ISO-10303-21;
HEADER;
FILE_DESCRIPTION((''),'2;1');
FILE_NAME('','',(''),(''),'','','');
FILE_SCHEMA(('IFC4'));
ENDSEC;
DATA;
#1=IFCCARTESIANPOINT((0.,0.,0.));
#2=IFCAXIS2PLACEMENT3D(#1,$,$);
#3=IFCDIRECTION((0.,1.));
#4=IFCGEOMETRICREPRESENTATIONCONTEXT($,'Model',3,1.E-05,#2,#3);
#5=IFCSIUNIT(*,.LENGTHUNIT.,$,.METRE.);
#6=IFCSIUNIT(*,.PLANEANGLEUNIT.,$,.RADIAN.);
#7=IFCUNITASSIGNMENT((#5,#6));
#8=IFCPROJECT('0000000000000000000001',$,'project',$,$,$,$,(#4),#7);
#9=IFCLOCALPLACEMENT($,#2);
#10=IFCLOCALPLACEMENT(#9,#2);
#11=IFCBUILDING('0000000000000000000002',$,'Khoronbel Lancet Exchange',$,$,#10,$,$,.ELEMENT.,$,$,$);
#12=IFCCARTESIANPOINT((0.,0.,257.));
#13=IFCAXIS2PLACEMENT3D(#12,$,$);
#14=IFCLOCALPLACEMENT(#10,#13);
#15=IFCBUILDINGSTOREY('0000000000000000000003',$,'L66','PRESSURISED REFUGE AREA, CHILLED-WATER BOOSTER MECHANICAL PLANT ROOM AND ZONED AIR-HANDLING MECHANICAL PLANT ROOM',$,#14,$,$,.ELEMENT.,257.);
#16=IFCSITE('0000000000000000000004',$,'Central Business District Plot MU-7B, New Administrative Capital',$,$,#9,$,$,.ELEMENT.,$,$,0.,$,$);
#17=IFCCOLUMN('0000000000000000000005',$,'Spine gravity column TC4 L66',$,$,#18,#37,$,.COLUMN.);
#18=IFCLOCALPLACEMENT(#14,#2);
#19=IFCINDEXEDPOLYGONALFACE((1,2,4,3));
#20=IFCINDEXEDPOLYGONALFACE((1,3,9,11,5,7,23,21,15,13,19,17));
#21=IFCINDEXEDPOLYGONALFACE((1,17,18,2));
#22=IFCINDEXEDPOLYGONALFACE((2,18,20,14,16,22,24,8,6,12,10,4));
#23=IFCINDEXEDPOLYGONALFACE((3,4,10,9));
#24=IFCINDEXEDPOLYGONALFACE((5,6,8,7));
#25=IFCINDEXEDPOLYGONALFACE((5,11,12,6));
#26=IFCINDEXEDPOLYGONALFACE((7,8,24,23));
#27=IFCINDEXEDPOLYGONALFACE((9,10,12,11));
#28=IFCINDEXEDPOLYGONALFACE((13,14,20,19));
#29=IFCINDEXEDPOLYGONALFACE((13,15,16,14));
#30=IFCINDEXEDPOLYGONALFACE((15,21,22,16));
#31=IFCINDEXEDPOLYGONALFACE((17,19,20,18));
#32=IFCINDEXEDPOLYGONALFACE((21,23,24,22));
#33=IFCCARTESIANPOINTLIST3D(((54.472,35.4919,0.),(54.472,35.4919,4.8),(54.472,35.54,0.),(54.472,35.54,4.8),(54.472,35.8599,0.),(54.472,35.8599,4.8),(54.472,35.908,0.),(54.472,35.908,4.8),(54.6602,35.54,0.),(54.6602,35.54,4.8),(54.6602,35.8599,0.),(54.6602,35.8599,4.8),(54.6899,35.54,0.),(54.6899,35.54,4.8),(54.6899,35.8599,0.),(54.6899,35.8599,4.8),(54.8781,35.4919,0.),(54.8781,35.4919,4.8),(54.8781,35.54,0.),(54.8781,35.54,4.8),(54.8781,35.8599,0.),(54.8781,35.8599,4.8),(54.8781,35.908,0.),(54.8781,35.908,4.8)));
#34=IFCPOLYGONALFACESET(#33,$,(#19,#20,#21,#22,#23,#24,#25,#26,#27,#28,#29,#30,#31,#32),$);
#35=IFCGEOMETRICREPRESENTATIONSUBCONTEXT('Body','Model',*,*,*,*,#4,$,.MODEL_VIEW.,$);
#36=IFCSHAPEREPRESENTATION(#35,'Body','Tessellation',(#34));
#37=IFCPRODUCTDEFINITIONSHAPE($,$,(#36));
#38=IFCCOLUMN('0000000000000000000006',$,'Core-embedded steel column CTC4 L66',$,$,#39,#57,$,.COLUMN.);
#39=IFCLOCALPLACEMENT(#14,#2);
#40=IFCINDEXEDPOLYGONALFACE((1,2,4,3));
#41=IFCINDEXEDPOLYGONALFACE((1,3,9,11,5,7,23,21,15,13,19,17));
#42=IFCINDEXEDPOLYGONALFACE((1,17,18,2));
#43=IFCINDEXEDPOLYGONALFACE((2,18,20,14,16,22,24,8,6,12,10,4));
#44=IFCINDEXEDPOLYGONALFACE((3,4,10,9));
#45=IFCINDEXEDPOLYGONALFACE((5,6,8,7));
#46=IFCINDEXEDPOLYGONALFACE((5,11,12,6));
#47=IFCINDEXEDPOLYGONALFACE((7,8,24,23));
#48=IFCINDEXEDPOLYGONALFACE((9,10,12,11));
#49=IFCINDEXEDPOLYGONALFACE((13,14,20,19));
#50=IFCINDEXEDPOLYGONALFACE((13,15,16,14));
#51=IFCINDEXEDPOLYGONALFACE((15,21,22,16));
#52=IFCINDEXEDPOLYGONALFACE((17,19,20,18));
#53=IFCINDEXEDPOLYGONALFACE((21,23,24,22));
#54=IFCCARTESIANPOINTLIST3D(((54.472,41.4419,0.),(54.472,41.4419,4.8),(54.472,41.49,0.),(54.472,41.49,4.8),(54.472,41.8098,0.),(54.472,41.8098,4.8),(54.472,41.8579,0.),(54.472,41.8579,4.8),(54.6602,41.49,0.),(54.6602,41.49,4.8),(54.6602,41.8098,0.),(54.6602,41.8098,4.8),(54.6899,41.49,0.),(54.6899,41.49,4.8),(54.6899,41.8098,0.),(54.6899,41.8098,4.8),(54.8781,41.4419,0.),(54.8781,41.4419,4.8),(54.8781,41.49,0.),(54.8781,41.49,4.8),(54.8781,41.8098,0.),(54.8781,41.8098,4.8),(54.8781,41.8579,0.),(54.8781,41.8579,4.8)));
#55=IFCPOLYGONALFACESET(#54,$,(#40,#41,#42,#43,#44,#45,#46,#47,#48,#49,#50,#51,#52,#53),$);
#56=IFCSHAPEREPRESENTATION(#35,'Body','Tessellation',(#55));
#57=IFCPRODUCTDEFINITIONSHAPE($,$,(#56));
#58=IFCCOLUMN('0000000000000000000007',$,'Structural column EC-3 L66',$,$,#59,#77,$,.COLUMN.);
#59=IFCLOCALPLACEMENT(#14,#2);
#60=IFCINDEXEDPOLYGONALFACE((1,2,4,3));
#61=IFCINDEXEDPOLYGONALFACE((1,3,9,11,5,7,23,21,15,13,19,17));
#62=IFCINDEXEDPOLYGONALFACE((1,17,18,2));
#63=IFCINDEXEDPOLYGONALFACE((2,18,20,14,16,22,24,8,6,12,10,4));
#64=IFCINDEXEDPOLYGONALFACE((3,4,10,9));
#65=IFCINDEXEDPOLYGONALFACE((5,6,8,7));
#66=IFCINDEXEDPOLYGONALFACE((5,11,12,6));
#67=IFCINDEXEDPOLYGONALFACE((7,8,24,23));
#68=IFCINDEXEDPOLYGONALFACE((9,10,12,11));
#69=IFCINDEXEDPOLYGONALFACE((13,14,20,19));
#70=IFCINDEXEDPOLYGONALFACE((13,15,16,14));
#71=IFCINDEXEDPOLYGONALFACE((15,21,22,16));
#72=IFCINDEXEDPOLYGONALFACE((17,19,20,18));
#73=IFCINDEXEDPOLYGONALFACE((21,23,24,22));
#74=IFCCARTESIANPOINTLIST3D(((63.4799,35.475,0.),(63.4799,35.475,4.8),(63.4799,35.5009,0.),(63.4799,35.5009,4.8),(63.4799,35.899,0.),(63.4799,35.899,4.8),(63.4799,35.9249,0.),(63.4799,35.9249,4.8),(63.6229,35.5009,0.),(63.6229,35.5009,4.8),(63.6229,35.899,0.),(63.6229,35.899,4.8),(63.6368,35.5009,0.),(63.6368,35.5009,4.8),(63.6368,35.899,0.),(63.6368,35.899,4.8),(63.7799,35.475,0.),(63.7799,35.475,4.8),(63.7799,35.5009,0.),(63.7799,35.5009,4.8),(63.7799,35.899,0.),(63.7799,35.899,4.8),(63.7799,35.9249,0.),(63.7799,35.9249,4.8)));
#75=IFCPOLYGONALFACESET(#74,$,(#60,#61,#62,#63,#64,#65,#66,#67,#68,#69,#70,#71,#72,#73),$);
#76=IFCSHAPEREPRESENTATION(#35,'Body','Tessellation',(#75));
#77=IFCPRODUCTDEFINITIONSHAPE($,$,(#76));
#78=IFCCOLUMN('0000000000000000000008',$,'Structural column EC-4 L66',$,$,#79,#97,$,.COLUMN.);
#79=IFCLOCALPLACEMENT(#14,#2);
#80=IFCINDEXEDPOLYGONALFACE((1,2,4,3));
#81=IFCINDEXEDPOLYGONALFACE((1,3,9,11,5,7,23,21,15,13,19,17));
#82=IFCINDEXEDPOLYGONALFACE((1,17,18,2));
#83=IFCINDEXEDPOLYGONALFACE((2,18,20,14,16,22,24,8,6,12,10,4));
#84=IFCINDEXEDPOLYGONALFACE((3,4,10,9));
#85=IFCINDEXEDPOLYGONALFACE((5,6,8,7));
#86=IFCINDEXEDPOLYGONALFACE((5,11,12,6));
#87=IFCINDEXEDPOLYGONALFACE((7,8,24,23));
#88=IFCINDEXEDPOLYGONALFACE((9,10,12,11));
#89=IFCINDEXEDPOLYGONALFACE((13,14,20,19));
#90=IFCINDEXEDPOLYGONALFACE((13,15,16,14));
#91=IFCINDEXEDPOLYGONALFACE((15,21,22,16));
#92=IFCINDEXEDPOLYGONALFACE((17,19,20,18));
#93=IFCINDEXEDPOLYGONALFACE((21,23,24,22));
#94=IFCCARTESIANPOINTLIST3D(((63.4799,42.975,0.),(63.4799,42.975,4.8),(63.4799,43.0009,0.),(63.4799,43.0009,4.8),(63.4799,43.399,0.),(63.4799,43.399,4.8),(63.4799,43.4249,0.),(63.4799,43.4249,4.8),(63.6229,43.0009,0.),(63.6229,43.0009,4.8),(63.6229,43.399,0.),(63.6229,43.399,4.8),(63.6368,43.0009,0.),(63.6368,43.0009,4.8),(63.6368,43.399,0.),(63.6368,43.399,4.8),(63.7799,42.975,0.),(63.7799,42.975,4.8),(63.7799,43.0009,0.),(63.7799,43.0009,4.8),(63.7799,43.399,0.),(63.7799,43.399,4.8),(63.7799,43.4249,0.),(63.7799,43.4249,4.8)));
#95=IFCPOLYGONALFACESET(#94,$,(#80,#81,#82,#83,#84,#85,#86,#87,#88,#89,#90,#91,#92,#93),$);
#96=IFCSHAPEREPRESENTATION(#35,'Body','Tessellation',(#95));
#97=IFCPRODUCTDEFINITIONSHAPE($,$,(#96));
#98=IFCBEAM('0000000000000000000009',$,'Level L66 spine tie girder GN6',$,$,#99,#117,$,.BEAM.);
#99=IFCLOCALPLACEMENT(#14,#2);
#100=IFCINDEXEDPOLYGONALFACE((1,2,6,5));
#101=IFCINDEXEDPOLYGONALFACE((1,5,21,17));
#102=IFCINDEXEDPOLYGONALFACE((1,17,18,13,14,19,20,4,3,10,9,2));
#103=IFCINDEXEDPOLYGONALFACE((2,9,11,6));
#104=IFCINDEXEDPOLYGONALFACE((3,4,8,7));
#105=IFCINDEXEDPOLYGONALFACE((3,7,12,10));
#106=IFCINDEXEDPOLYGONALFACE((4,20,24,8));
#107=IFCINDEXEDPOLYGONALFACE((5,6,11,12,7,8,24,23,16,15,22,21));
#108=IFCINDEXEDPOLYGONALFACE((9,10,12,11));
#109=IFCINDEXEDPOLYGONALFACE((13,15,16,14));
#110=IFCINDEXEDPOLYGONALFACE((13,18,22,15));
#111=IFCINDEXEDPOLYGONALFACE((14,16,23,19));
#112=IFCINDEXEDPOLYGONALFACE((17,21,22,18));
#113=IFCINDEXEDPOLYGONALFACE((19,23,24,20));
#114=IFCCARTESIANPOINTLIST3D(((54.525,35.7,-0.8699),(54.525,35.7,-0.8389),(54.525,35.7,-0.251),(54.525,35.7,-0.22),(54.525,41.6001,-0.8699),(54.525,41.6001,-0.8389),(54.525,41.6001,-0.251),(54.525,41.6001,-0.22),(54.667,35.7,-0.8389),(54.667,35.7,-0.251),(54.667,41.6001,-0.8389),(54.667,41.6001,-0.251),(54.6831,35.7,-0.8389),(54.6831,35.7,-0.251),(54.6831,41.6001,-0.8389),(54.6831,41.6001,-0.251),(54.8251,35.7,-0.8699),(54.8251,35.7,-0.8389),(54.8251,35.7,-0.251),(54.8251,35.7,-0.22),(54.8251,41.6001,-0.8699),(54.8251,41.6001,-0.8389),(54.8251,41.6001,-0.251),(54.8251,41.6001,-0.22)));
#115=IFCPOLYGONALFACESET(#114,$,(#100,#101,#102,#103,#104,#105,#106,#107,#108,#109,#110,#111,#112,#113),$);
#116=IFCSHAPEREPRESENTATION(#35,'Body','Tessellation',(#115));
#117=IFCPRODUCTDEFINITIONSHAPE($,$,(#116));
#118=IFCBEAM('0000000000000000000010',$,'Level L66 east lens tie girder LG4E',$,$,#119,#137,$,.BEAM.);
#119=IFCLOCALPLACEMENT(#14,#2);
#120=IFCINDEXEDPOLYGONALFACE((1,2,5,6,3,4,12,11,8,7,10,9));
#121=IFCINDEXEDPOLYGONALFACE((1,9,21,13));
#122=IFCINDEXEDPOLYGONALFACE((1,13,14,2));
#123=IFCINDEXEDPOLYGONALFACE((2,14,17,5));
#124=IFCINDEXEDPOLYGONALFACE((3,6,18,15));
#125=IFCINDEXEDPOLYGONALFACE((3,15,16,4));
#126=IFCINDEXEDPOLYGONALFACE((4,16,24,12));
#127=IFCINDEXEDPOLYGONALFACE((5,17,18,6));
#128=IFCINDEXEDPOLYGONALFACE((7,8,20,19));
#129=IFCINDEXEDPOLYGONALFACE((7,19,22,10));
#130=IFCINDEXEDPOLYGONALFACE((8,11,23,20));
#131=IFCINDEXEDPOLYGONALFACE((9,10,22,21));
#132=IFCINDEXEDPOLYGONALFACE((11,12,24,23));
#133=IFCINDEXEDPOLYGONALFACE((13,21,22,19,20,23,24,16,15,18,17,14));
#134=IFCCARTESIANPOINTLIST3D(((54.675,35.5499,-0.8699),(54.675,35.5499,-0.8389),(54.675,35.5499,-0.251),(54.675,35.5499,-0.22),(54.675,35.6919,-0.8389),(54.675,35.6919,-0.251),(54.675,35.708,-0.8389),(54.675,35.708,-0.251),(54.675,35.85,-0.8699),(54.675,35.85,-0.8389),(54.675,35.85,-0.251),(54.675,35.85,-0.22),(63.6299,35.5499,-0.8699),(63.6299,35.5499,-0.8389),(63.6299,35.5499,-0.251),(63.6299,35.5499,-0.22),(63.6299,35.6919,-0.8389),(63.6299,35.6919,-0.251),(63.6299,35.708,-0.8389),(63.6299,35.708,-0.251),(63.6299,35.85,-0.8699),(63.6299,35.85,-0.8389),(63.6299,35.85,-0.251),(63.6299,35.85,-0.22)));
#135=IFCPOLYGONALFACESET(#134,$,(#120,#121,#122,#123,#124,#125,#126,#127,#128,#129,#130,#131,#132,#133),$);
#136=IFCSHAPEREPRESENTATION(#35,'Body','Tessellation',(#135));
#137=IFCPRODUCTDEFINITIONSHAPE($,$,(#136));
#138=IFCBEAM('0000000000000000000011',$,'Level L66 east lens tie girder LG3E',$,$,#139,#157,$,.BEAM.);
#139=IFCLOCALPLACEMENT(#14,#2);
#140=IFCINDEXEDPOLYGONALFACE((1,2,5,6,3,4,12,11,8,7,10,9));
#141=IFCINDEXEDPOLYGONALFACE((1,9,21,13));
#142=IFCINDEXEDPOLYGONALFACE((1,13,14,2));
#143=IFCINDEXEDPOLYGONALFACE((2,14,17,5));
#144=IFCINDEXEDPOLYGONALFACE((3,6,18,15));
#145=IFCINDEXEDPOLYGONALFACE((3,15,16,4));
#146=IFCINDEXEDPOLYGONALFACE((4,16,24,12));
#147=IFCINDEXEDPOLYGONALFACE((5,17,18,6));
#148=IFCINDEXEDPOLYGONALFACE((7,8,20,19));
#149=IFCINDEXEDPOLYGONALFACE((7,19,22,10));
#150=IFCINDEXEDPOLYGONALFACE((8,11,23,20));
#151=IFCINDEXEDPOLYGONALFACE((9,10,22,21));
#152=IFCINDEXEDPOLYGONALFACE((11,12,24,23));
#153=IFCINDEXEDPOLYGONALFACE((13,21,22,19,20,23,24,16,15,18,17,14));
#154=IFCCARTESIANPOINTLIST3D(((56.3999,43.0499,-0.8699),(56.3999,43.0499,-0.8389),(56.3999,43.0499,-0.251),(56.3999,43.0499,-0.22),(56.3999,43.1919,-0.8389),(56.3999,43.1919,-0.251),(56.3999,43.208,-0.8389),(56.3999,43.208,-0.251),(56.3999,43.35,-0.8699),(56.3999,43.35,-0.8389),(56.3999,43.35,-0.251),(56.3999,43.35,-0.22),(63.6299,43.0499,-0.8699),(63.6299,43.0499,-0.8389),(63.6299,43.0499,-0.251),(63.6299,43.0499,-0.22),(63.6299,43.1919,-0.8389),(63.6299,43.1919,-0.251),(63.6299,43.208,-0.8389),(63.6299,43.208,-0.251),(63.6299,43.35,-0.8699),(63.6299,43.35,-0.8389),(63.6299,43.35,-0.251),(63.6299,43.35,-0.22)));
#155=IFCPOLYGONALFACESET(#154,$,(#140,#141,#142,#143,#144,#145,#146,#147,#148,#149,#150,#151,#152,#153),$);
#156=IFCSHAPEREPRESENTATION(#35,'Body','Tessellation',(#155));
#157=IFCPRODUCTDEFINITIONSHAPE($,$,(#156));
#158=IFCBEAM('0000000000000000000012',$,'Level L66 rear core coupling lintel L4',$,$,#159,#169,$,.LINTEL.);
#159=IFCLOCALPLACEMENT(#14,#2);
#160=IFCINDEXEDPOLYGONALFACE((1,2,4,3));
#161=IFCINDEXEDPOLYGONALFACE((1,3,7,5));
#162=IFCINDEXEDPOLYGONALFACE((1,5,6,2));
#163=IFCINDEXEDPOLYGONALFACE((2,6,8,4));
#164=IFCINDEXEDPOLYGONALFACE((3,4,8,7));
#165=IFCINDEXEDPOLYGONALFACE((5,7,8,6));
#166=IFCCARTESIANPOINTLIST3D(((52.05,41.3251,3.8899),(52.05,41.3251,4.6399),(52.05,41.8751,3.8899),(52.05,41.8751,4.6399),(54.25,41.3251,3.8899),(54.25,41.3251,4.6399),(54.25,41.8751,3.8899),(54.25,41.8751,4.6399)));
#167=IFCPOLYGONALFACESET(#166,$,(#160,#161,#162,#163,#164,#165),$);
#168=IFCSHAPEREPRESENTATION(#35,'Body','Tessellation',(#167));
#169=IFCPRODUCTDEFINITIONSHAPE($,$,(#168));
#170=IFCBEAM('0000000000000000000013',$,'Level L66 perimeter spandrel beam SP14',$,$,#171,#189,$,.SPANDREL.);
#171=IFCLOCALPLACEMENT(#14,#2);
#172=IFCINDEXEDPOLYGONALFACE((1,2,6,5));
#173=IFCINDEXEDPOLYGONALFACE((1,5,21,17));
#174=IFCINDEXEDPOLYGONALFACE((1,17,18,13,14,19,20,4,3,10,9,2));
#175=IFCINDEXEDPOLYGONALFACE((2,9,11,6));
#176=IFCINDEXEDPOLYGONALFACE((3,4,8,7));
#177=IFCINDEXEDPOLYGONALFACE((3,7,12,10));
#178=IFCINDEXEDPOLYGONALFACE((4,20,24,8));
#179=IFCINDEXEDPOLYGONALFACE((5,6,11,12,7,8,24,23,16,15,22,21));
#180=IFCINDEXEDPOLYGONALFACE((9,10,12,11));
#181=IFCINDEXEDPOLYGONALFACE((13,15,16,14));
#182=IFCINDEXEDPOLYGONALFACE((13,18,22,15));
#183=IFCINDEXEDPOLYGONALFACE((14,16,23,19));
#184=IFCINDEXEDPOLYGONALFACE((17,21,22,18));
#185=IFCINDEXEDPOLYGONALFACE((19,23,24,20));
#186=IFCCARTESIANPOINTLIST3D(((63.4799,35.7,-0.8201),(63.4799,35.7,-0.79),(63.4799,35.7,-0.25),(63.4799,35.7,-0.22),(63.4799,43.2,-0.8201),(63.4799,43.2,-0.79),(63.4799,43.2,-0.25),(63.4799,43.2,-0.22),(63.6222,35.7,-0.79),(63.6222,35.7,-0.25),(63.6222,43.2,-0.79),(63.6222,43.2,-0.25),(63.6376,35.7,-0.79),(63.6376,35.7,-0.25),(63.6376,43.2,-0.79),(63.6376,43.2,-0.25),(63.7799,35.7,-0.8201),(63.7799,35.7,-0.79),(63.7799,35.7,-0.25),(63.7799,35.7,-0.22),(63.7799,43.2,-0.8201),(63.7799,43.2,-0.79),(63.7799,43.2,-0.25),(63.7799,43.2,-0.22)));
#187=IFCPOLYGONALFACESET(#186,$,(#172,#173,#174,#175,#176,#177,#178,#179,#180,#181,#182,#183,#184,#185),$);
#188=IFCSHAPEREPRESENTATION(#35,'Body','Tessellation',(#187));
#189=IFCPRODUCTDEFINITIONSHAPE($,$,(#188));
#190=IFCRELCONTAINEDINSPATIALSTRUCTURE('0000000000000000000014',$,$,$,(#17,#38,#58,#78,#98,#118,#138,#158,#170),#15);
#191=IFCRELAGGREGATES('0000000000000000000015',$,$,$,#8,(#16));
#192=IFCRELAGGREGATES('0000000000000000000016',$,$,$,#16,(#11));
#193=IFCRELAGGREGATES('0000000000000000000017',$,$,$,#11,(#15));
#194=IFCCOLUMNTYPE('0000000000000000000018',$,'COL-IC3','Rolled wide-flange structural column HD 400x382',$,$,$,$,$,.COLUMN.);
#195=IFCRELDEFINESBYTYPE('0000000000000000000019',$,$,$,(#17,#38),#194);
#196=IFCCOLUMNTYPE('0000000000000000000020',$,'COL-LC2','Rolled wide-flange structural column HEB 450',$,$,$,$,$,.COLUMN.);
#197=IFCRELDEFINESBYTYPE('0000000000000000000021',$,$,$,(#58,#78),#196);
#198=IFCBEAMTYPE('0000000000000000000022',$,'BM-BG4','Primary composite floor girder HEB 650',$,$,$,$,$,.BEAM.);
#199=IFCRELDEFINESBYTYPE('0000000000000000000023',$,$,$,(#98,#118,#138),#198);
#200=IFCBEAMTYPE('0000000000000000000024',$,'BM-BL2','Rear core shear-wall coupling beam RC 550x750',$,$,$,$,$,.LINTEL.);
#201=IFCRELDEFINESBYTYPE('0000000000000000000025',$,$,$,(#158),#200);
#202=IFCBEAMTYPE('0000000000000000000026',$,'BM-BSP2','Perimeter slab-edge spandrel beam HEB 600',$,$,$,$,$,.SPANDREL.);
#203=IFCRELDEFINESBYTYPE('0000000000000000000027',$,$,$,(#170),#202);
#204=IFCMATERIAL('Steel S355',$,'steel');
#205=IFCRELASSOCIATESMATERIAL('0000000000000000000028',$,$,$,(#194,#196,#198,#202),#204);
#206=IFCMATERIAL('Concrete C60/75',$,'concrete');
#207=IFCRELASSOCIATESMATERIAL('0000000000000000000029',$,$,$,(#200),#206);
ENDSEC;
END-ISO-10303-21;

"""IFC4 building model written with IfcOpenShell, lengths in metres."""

from ifc_helpers import new_model, si_unit, direction, frame, origin, origin_2d, place, context, subcontext, project, spatial, rectangle, i_section, extrude, material, material_profile, profile_set, type_object, element, save


model = new_model("IFC4")

# Units and contexts
model_context = context("Model", 3, precision=1e-05, world=origin(), true_north=direction((0.0, 1.0)))
body_context = subcontext(model_context, "Body", "Model", "MODEL_VIEW")
ifc_project = project(units=[si_unit("LENGTHUNIT", "METRE"), si_unit("PLANEANGLEUNIT", "RADIAN")], contexts=[model_context])

# Site, building, storey
site_placement = place(None, origin())
site = spatial("IfcSite", under=ifc_project, at=site_placement, Name="Central Business District Plot MU-7B, New Administrative Capital", CompositionType="ELEMENT", RefElevation=0.0)
building_placement = place(site_placement, origin())
building = spatial("IfcBuilding", under=site, at=building_placement, Name="Khoronbel Lancet Exchange", CompositionType="ELEMENT")
storey_placement = place(building_placement, frame((0.0, 0.0, 257.0)))
storey = spatial("IfcBuildingStorey", under=building, at=storey_placement, Name="L66", Description="PRESSURISED REFUGE AREA, CHILLED-WATER BOOSTER MECHANICAL PLANT ROOM AND ZONED AIR-HANDLING MECHANICAL PLANT ROOM", CompositionType="ELEMENT", Elevation=257.0)

# Columns
ifc_material_1 = material(Name="Steel S355", Category="steel")
ifc_material_profile_1 = material_profile(ifc_material_1, i_section(OverallWidth=0.406, OverallDepth=0.416, WebThickness=0.0298, FlangeThickness=0.0481, at=origin_2d()), Name="HD 400x382")
ifc_profile_set_1 = profile_set([ifc_material_profile_1], Name="Steel S355")
column_type_1 = type_object("IfcColumnType", Name="COL-IC3", Description="Rolled wide-flange structural column HD 400x382", PredefinedType="COLUMN", material=ifc_profile_set_1)
for number, where, z_axis, x_axis, name in (
    (1, (54.675, 35.7, 0.0), (0.0, 0.0, 1.0), (1.0, 0.0, 0.0), "Spine gravity column TC4 L66"),
    (2, (54.675, 41.6499, 0.0), (0.0, 0.0, 1.0), (1.0, 0.0, 0.0), "Core-embedded steel column CTC4 L66"),
):
    element("IfcColumn", number, at=place(storey_placement, frame(where, z_axis=z_axis, x_axis=x_axis)), inside=storey, type_object=column_type_1, Name=name, PredefinedType="COLUMN", context=body_context, shape_type="SweptSolid", body=[
        extrude(i_section(OverallWidth=0.406, OverallDepth=0.416, WebThickness=0.0298, FlangeThickness=0.0481, at=origin_2d()), origin(), (0.0, 0.0, 1.0), 4.8),
    ])
ifc_material_profile_2 = material_profile(ifc_material_1, i_section(OverallWidth=0.3, OverallDepth=0.45, WebThickness=0.0139, FlangeThickness=0.0259, at=origin_2d()), Name="HEB 450")
ifc_profile_set_2 = profile_set([ifc_material_profile_2], Name="Steel S355")
column_type_2 = type_object("IfcColumnType", Name="COL-LC2", Description="Rolled wide-flange structural column HEB 450", PredefinedType="COLUMN", material=ifc_profile_set_2)
for number, where, z_axis, x_axis, name in (
    (3, (63.6299, 35.7, 0.0), (0.0, 0.0, 1.0), (1.0, 0.0, 0.0), "Structural column EC-3 L66"),
    (4, (63.6299, 43.2, 0.0), (0.0, 0.0, 1.0), (1.0, 0.0, 0.0), "Structural column EC-4 L66"),
):
    element("IfcColumn", number, at=place(storey_placement, frame(where, z_axis=z_axis, x_axis=x_axis)), inside=storey, type_object=column_type_2, Name=name, PredefinedType="COLUMN", context=body_context, shape_type="SweptSolid", body=[
        extrude(i_section(OverallWidth=0.3, OverallDepth=0.45, WebThickness=0.0139, FlangeThickness=0.0259, at=origin_2d()), origin(), (0.0, 0.0, 1.0), 4.8),
    ])

# Beams
ifc_material_profile_3 = material_profile(ifc_material_1, i_section(OverallWidth=0.3, OverallDepth=0.6499, WebThickness=0.0161, FlangeThickness=0.031, at=origin_2d()), Name="HEB 650")
ifc_profile_set_3 = profile_set([ifc_material_profile_3], Name="Steel S355")
beam_type_1 = type_object("IfcBeamType", Name="BM-BG4", Description="Primary composite floor girder HEB 650", PredefinedType="BEAM", material=ifc_profile_set_3)
beam_1_placement = place(storey_placement, frame((54.675, 35.7, -0.5449), z_axis=(0.0, 1.0, 0.0), x_axis=(-1.0, 0.0, 0.0)))
element("IfcBeam", 5, at=beam_1_placement, inside=storey, type_object=beam_type_1, Name="Level L66 spine tie girder GN6", PredefinedType="BEAM", context=body_context, shape_type="SweptSolid", body=[
    extrude(i_section(OverallWidth=0.3, OverallDepth=0.6499, WebThickness=0.0161, FlangeThickness=0.031, at=origin_2d()), origin(), (0.0, 0.0, 1.0), 5.9001),
])
beam_2_placement = place(storey_placement, frame((54.675, 35.7, -0.5449), z_axis=(1.0, 0.0, 0.0), x_axis=(0.0, 1.0, 0.0)))
element("IfcBeam", 6, at=beam_2_placement, inside=storey, type_object=beam_type_1, Name="Level L66 east lens tie girder LG4E", PredefinedType="BEAM", context=body_context, shape_type="SweptSolid", body=[
    extrude(i_section(OverallWidth=0.3, OverallDepth=0.6499, WebThickness=0.0161, FlangeThickness=0.031, at=origin_2d()), origin(), (0.0, 0.0, 1.0), 8.9548),
])
beam_3_placement = place(storey_placement, frame((56.3999, 43.2, -0.5449), z_axis=(1.0, 0.0, 0.0), x_axis=(0.0, 1.0, 0.0)))
element("IfcBeam", 7, at=beam_3_placement, inside=storey, type_object=beam_type_1, Name="Level L66 east lens tie girder LG3E", PredefinedType="BEAM", context=body_context, shape_type="SweptSolid", body=[
    extrude(i_section(OverallWidth=0.3, OverallDepth=0.6499, WebThickness=0.0161, FlangeThickness=0.031, at=origin_2d()), origin(), (0.0, 0.0, 1.0), 7.23),
])
ifc_material_2 = material(Name="Concrete C60/75", Category="concrete")
ifc_material_profile_4 = material_profile(ifc_material_2, rectangle(XDim=0.55, YDim=0.75, at=origin_2d()), Name="RC 550x750")
ifc_profile_set_4 = profile_set([ifc_material_profile_4], Name="Concrete C60/75")
beam_type_2 = type_object("IfcBeamType", Name="BM-BL2", Description="Rear core shear-wall coupling beam RC 550x750", PredefinedType="LINTEL", material=ifc_profile_set_4)
beam_4_placement = place(storey_placement, frame((52.05, 41.6001, 4.2649), z_axis=(1.0, 0.0, 0.0), x_axis=(0.0, 1.0, 0.0)))
element("IfcBeam", 8, at=beam_4_placement, inside=storey, type_object=beam_type_2, Name="Level L66 rear core coupling lintel L4", PredefinedType="LINTEL", context=body_context, shape_type="SweptSolid", body=[
    extrude(rectangle(XDim=0.55, YDim=0.75, at=origin_2d()), origin(), (0.0, 0.0, 1.0), 2.2),
])
ifc_material_profile_5 = material_profile(ifc_material_1, i_section(OverallWidth=0.3, OverallDepth=0.6001, WebThickness=0.0154, FlangeThickness=0.03, at=origin_2d()), Name="HEB 600")
ifc_profile_set_5 = profile_set([ifc_material_profile_5], Name="Steel S355")
beam_type_3 = type_object("IfcBeamType", Name="BM-BSP2", Description="Perimeter slab-edge spandrel beam HEB 600", PredefinedType="SPANDREL", material=ifc_profile_set_5)
beam_5_placement = place(storey_placement, frame((63.6299, 35.7, -0.52), z_axis=(0.0, 1.0, 0.0), x_axis=(-1.0, 0.0, 0.0)))
element("IfcBeam", 9, at=beam_5_placement, inside=storey, type_object=beam_type_3, Name="Level L66 perimeter spandrel beam SP14", PredefinedType="SPANDREL", context=body_context, shape_type="SweptSolid", body=[
    extrude(i_section(OverallWidth=0.3, OverallDepth=0.6001, WebThickness=0.0154, FlangeThickness=0.03, at=origin_2d()), origin(), (0.0, 0.0, 1.0), 7.5),
])

save(model, "model.ifc")
